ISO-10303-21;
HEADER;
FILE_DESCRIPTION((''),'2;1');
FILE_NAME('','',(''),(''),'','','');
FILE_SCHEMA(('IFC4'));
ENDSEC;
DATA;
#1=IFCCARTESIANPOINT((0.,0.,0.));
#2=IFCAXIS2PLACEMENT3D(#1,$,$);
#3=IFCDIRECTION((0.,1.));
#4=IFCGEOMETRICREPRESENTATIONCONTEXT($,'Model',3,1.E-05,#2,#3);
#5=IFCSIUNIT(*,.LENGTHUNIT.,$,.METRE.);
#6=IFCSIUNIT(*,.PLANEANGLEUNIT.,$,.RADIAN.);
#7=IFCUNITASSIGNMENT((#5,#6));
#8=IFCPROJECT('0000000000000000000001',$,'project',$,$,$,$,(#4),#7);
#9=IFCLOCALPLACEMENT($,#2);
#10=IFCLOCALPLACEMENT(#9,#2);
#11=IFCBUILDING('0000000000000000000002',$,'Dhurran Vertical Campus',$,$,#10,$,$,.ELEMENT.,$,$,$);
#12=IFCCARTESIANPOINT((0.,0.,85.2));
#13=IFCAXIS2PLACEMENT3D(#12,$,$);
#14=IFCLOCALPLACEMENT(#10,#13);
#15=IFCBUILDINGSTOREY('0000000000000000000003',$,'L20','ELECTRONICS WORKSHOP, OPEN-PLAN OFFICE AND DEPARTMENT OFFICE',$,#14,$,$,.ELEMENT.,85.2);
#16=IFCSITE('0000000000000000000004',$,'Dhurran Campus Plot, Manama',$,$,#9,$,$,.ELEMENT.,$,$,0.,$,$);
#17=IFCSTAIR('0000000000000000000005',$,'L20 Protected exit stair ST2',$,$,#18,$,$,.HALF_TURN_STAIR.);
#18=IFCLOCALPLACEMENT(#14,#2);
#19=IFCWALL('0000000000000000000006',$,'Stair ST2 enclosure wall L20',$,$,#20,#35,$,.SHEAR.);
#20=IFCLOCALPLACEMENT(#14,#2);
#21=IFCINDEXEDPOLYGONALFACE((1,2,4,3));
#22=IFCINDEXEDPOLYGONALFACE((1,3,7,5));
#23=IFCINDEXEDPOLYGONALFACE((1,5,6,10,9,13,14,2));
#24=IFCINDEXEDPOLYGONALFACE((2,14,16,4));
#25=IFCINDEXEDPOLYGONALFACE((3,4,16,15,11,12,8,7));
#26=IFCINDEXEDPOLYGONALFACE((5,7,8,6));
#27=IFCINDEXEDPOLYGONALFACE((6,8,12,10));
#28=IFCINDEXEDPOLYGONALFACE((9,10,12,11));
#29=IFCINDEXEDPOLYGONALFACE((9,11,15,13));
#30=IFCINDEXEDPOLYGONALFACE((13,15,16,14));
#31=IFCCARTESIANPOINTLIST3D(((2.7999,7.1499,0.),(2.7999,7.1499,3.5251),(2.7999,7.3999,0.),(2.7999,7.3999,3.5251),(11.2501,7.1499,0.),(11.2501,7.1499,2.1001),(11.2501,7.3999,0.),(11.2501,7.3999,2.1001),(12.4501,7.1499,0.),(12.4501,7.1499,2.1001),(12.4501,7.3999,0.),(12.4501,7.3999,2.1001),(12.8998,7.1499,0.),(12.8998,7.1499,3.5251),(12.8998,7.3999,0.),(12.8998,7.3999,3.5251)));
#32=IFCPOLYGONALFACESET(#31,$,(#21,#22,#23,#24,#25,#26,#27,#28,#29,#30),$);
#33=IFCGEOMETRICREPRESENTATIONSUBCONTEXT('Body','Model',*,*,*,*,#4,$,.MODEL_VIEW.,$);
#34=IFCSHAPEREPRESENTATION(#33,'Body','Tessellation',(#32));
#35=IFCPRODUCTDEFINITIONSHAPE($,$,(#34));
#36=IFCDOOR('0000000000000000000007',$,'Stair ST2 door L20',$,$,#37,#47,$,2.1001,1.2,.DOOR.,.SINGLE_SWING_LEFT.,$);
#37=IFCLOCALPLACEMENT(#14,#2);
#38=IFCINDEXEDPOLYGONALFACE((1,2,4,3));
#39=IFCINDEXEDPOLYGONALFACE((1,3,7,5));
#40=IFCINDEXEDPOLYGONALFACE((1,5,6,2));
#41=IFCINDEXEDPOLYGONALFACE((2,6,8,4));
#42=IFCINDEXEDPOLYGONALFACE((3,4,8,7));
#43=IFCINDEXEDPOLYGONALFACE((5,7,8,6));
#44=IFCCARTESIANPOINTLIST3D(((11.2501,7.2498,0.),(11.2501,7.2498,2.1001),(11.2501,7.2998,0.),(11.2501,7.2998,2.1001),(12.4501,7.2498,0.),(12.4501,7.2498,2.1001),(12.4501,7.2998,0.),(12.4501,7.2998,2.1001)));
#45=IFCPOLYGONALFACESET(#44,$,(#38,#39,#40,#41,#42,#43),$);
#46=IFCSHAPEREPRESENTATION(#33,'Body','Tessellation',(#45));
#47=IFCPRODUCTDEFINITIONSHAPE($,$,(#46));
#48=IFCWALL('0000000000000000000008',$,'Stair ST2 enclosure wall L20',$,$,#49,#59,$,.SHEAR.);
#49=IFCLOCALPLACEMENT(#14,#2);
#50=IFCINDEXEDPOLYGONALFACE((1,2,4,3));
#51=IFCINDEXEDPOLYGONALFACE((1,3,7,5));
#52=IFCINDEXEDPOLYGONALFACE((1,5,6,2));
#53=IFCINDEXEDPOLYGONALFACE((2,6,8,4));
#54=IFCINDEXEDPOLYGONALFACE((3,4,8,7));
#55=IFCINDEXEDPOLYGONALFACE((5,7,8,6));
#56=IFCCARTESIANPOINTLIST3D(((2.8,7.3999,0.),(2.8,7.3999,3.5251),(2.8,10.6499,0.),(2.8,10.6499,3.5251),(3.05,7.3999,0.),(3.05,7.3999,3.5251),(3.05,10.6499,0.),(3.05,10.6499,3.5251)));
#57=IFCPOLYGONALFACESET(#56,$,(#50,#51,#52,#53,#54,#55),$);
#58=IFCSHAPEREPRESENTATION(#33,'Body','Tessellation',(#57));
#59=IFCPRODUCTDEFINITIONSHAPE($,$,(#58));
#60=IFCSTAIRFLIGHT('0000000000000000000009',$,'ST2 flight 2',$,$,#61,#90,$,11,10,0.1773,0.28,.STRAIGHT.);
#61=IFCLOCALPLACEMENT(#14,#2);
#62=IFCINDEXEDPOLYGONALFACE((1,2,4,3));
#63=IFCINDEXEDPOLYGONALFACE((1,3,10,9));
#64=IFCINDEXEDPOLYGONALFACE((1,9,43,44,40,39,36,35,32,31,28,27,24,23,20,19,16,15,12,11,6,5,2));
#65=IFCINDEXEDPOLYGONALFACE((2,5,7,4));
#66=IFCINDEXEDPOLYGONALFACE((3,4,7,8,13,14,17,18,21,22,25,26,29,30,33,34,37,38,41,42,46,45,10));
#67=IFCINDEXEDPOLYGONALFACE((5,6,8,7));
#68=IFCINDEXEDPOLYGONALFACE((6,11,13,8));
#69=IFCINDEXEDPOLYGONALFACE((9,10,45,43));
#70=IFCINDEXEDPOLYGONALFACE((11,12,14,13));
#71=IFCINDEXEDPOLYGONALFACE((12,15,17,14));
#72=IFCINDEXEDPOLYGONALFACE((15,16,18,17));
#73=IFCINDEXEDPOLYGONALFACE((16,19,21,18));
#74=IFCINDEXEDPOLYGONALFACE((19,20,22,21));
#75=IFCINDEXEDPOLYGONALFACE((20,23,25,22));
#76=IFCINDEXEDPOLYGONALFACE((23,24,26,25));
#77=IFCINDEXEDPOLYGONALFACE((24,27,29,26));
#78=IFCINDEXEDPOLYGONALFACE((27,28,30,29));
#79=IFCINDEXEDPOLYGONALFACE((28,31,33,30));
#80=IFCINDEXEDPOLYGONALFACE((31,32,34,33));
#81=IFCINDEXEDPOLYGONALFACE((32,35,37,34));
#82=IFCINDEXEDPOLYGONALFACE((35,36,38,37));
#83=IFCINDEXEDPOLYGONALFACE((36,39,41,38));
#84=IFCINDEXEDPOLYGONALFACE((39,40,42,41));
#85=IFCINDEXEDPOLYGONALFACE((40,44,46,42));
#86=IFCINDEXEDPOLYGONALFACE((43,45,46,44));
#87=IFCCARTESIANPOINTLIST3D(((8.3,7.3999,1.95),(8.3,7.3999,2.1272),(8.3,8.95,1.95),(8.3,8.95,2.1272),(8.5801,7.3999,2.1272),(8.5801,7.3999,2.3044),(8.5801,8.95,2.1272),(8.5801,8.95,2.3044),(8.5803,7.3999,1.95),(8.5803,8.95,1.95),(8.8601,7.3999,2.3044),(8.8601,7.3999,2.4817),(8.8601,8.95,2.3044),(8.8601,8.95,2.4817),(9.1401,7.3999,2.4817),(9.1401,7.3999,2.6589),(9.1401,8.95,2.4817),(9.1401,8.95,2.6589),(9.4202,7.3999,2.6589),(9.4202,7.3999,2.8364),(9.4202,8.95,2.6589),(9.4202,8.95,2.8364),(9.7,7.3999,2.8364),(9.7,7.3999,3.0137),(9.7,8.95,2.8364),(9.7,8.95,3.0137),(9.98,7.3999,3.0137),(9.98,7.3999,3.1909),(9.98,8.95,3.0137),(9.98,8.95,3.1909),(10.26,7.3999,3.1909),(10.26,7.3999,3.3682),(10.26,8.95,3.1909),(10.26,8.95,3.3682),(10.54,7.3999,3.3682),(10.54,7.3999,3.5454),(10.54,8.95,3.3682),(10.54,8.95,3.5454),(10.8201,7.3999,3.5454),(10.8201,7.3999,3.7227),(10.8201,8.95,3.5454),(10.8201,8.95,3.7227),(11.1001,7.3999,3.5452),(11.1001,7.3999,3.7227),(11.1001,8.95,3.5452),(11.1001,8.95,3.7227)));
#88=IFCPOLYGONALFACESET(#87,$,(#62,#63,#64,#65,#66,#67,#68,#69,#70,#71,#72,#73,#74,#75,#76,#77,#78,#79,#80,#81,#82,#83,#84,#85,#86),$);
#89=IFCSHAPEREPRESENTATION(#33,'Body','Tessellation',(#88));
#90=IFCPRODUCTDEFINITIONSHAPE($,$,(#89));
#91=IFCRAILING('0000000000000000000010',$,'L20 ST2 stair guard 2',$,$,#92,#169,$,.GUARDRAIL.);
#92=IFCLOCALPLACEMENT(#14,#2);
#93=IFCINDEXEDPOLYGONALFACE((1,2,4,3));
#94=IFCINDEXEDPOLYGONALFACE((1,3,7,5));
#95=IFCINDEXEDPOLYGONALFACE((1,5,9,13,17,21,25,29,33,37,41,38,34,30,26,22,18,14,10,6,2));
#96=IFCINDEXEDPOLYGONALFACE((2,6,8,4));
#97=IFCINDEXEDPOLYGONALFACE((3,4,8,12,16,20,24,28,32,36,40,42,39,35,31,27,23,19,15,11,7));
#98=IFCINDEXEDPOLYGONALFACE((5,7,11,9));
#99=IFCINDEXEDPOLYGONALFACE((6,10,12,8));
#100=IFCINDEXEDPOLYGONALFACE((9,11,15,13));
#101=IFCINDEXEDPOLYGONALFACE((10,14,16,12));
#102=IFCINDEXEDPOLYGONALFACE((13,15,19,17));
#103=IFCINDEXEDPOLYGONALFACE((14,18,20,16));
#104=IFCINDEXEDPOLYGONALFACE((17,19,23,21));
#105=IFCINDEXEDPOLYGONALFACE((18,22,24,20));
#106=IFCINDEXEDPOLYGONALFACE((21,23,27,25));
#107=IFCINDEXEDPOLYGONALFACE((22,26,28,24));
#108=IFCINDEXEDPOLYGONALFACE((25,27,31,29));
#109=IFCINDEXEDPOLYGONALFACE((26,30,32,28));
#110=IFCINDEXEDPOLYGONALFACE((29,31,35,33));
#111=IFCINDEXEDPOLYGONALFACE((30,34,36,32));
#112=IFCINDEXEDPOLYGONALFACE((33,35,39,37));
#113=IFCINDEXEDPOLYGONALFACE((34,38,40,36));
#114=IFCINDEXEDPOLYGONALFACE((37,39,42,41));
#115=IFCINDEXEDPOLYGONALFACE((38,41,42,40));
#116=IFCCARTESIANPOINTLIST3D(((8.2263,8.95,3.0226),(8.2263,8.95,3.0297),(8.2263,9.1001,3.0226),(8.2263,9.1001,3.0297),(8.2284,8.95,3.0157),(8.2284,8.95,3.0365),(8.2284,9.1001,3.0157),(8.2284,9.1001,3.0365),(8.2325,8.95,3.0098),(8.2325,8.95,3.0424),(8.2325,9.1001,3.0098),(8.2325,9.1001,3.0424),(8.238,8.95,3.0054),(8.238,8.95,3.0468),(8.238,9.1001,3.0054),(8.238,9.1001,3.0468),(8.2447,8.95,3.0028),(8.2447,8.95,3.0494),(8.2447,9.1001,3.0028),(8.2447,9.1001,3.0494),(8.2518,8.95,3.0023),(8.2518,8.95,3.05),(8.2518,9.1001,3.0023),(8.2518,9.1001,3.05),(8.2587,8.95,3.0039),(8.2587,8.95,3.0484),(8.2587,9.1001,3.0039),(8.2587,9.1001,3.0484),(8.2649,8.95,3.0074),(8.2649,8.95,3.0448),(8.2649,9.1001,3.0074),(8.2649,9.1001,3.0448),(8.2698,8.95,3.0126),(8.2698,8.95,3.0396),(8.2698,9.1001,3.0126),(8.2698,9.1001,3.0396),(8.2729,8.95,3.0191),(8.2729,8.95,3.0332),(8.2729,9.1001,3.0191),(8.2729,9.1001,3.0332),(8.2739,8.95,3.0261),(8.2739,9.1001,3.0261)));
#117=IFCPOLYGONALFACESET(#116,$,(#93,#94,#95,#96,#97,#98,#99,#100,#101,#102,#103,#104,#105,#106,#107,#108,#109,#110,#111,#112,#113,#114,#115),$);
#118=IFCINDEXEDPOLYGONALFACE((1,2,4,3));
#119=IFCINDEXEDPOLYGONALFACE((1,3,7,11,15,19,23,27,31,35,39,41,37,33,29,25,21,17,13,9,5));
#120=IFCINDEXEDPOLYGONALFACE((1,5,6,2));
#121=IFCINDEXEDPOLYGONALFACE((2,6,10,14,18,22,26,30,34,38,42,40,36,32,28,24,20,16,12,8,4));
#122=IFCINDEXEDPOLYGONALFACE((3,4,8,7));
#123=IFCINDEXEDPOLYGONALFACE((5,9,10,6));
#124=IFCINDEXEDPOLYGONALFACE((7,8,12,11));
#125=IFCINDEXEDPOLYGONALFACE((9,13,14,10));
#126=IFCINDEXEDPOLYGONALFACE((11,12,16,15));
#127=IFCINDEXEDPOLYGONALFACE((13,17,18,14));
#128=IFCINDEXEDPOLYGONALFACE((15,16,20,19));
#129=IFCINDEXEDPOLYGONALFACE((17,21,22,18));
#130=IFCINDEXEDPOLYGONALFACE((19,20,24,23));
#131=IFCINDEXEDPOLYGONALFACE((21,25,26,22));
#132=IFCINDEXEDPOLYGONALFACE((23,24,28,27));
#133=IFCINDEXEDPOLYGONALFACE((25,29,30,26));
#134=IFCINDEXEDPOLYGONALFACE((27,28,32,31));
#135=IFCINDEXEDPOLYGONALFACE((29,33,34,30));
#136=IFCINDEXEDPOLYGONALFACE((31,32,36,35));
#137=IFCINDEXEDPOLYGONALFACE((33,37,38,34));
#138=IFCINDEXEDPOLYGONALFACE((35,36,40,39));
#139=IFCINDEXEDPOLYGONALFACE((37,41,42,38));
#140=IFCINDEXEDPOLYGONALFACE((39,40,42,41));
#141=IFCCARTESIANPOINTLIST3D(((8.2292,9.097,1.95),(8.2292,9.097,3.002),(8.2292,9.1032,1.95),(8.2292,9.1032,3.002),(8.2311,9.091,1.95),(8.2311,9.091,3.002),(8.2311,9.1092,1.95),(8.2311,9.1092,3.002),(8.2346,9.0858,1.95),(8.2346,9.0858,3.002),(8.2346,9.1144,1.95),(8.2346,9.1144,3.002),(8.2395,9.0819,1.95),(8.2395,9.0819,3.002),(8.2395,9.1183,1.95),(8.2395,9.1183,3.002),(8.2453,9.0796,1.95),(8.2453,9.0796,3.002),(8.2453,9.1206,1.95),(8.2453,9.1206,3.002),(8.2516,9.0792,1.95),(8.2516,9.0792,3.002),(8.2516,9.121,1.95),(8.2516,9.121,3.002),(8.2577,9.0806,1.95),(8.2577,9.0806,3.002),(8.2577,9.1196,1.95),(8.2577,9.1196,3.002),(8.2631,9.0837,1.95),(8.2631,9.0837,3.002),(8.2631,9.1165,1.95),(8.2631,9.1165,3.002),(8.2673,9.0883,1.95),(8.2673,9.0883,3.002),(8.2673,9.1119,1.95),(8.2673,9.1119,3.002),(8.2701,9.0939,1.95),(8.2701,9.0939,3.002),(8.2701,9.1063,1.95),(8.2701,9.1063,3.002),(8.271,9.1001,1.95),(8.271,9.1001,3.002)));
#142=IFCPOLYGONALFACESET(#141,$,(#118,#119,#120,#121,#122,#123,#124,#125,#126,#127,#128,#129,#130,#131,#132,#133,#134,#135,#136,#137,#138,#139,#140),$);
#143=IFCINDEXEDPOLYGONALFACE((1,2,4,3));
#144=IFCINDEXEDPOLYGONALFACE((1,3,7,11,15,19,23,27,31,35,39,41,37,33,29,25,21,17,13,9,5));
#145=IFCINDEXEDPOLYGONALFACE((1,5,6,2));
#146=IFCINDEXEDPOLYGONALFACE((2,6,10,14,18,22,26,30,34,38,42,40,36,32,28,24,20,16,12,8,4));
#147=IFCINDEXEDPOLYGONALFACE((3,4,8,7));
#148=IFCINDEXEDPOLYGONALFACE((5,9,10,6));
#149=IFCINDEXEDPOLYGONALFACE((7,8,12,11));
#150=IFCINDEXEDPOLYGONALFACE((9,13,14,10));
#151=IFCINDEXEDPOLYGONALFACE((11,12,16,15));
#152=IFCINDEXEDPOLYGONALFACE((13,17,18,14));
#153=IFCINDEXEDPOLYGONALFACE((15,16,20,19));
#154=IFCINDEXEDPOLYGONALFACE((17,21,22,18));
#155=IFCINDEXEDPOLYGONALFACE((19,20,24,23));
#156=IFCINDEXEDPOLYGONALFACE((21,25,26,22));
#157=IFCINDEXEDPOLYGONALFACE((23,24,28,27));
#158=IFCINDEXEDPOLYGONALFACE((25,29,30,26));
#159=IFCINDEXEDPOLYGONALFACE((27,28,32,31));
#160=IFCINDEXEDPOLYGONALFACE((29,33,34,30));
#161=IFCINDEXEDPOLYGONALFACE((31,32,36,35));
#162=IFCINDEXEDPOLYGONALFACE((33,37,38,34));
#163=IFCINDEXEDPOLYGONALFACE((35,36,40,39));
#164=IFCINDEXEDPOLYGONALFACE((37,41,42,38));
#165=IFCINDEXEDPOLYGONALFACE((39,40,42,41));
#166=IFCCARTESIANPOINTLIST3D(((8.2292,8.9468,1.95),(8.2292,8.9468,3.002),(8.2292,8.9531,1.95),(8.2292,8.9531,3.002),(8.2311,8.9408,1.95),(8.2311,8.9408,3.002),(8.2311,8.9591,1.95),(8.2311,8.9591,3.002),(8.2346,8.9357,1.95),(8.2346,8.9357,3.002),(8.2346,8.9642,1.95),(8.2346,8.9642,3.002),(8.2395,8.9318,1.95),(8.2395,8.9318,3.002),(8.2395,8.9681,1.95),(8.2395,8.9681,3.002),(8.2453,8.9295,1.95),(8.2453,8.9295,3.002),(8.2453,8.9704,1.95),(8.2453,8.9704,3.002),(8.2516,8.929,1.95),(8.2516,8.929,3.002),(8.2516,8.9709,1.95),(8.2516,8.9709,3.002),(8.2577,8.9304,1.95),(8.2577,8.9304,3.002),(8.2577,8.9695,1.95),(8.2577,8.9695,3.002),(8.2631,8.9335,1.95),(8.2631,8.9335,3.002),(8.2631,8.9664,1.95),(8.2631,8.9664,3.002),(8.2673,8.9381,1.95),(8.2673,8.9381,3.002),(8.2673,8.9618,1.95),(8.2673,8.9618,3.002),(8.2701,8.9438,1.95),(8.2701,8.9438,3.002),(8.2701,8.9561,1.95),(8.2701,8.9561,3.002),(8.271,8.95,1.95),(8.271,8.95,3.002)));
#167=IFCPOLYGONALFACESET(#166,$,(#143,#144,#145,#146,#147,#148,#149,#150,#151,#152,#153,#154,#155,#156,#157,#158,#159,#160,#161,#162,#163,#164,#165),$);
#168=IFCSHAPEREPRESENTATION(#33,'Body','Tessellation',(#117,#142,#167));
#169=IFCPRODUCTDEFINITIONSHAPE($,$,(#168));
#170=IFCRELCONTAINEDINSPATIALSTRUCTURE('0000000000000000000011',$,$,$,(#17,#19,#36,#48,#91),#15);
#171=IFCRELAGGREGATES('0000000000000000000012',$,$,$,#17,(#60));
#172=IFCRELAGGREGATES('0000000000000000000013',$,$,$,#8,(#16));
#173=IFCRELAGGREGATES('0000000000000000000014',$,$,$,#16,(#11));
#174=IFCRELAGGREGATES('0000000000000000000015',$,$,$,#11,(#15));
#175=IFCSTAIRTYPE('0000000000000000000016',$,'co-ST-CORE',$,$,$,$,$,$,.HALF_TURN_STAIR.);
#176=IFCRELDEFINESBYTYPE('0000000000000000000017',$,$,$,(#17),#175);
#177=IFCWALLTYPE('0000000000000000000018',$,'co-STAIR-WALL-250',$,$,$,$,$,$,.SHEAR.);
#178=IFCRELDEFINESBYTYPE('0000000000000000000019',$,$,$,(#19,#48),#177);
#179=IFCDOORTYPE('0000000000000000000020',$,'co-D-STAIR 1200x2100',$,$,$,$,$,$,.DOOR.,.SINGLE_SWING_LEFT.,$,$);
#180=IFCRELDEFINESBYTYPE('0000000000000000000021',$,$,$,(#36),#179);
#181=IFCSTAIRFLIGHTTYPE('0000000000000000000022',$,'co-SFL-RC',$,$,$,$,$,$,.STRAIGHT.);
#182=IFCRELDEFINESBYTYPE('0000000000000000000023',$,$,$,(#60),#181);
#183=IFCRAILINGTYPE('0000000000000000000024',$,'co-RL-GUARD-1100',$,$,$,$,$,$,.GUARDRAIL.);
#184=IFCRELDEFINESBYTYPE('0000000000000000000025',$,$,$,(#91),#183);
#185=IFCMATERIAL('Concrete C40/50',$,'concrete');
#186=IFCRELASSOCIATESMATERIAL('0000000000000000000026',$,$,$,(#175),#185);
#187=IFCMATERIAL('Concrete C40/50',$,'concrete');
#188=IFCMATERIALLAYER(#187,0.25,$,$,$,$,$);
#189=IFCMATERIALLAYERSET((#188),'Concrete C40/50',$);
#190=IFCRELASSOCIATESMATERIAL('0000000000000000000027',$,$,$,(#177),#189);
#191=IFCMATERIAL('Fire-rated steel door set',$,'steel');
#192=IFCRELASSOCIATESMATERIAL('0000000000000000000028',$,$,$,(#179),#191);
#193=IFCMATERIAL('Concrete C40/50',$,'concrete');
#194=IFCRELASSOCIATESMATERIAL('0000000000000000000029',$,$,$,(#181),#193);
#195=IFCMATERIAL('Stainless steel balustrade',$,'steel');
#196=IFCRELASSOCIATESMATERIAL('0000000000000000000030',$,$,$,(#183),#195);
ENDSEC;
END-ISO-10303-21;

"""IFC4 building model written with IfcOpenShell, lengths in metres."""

from ifc_helpers import new_model, si_unit, direction, frame, frame_2d, origin, origin_2d, place, context, subcontext, project, spatial, polyline, rectangle, circle, outline, extrude, material, layer, layer_set, type_object, element, fill, aggregate, save


model = new_model("IFC4")

# Units and contexts
model_context = context("Model", 3, precision=1e-05, world=origin(), true_north=direction((0.0, 1.0)))
body_context = subcontext(model_context, "Body", "Model", "MODEL_VIEW")
ifc_project = project(units=[si_unit("LENGTHUNIT", "METRE"), si_unit("PLANEANGLEUNIT", "RADIAN")], contexts=[model_context])

# Site, building, storey
site_placement = place(None, origin())
site = spatial("IfcSite", under=ifc_project, at=site_placement, Name="Dhurran Campus Plot, Manama", CompositionType="ELEMENT", RefElevation=0.0)
building_placement = place(site_placement, origin())
building = spatial("IfcBuilding", under=site, at=building_placement, Name="Dhurran Vertical Campus", CompositionType="ELEMENT")
storey_placement = place(building_placement, frame((0.0, 0.0, 85.2)))
storey = spatial("IfcBuildingStorey", under=building, at=storey_placement, Name="L20", Description="ELECTRONICS WORKSHOP, OPEN-PLAN OFFICE AND DEPARTMENT OFFICE", CompositionType="ELEMENT", Elevation=85.2)

# Stair
ifc_material_1 = material(Name="Concrete C40/50", Category="concrete")
stair_type = type_object("IfcStairType", Name="co-ST-CORE", PredefinedType="HALF_TURN_STAIR", material=ifc_material_1)
stair_1_placement = place(storey_placement, origin())
stair_1 = element("IfcStair", 1, at=stair_1_placement, inside=storey, type_object=stair_type, Name="L20 Protected exit stair ST2", PredefinedType="HALF_TURN_STAIR")

# Wall, opening, door
ifc_material_2 = material(Name="Concrete C40/50", Category="concrete")
ifc_layer_1 = layer(ifc_material_2, 0.25)
ifc_layer_set_1 = layer_set([ifc_layer_1], Name="Concrete C40/50")
wall_type_1 = type_object("IfcWallType", Name="co-STAIR-WALL-250", PredefinedType="SHEAR", material=ifc_layer_set_1)
wall_1_placement = place(storey_placement, frame((2.8, 7.2749, 0.0), z_axis=(0.0, 0.0, 1.0), x_axis=(1.0, 0.0, 0.0)))
wall_1 = element("IfcWall", 2, at=wall_1_placement, inside=storey, type_object=wall_type_1, Name="Stair ST2 enclosure wall L20", PredefinedType="SHEAR", context=body_context, shape_type="SweptSolid", body=[
    extrude(rectangle(XDim=10.0999, YDim=0.25, at=frame_2d((5.0498, 0.0))), origin(), (0.0, 0.0, 1.0), 3.5251),
])
opening_1_placement = place(wall_1_placement, frame((8.45, 0.0, 0.0)))
opening_1 = element("IfcOpeningElement", 3, at=opening_1_placement, cuts=wall_1, PredefinedType="OPENING", context=body_context, shape_type="SweptSolid", body=[
    extrude(rectangle(XDim=1.2, YDim=2.1001, at=frame_2d((0.6001, 1.05))), frame((0.0, 0.135, 0.0), z_axis=(0.0, -1.0, 0.0), x_axis=(1.0, 0.0, 0.0)), (0.0, 0.0, 1.0), 0.27),
])
ifc_material_3 = material(Name="Fire-rated steel door set", Category="steel")
door_type_1 = type_object("IfcDoorType", Name="co-D-STAIR 1200x2100", OperationType="SINGLE_SWING_LEFT", PredefinedType="DOOR", material=ifc_material_3)
door_1_placement = place(opening_1_placement, origin())
door_1 = element("IfcDoor", 4, at=door_1_placement, inside=storey, type_object=door_type_1, Name="Stair ST2 door L20", OperationType="SINGLE_SWING_LEFT", OverallHeight=2.1001, OverallWidth=1.2, PredefinedType="DOOR", context=body_context, shape_type="SweptSolid", body=[
    extrude(rectangle(XDim=1.2, YDim=2.1001, at=frame_2d((0.6001, 1.05))), frame((0.0, 0.0249, 0.0), z_axis=(0.0, -1.0, 0.0), x_axis=(1.0, 0.0, 0.0)), (0.0, 0.0, 1.0), 0.05),
])
fill(opening_1, door_1)

# Wall
wall_2_placement = place(storey_placement, frame((2.925, 7.3999, 0.0), z_axis=(0.0, 0.0, 1.0), x_axis=(0.0, 1.0, 0.0)))
element("IfcWall", 5, at=wall_2_placement, inside=storey, type_object=wall_type_1, Name="Stair ST2 enclosure wall L20", PredefinedType="SHEAR", context=body_context, shape_type="SweptSolid", body=[
    extrude(rectangle(XDim=3.25, YDim=0.25, at=frame_2d((1.625, 0.0))), origin(), (0.0, 0.0, 1.0), 3.5251),
])

# Stair flight
ifc_material_4 = material(Name="Concrete C40/50", Category="concrete")
stair_flight_type = type_object("IfcStairFlightType", Name="co-SFL-RC", PredefinedType="STRAIGHT", material=ifc_material_4)
stair_flight_placement = place(storey_placement, frame((8.3, 8.175, 1.95), z_axis=(0.0, 0.0, 1.0), x_axis=(1.0, 0.0, 0.0)))
stair_flight = element("IfcStairFlight", 6, at=stair_flight_placement, type_object=stair_flight_type, Name="ST2 flight 2", NumberOfRisers=11, NumberOfTreads=10, PredefinedType="STRAIGHT", RiserHeight=0.1773, TreadLength=0.28, context=body_context, shape_type="SweptSolid", body=[
    extrude(outline(polyline([(0.0, 0.0), (0.0, 0.1772), (0.28, 0.1772), (0.28, 0.3545), (0.5601, 0.3545), (0.5601, 0.5317), (0.8401, 0.5317), (0.8401, 0.709), (1.1201, 0.709), (1.1201, 0.8865), (1.3999, 0.8865), (1.3999, 1.0637), (1.6799, 1.0637), (1.6799, 1.241), (1.96, 1.241), (1.96, 1.4182), (2.24, 1.4182), (2.24, 1.5955), (2.52, 1.5955), (2.52, 1.7727), (2.8, 1.7727), (2.8, 1.95), (2.8, 1.5952), (0.2803, 0.0), (0.0, 0.0)])), frame((0.0, 0.7749, 0.0), z_axis=(0.0, -1.0, 0.0), x_axis=(1.0, 0.0, 0.0)), (0.0, 0.0, 1.0), 1.55),
])
aggregate(stair_1, [stair_flight])

# Railing
ifc_material_5 = material(Name="Stainless steel balustrade", Category="steel")
railing_type_1 = type_object("IfcRailingType", Name="co-RL-GUARD-1100", PredefinedType="GUARDRAIL", material=ifc_material_5)
railing_1_placement = place(storey_placement, frame((8.25, 9.1001, 1.95)))
element("IfcRailing", 7, at=railing_1_placement, inside=storey, type_object=railing_type_1, Name="L20 ST2 stair guard 2", PredefinedType="GUARDRAIL", context=body_context, shape_type="SweptSolid", body=[
    extrude(circle(Radius=0.0239, at=origin_2d()), frame((0.0, 0.0, 1.0762), z_axis=(0.0, -1.0, 0.0), x_axis=(1.0, 0.0, 0.0)), (0.0, 0.0, 1.0), 0.1501),
    extrude(circle(Radius=0.021, at=origin_2d()), origin(), (0.0, 0.0, 1.0), 1.052),
    extrude(circle(Radius=0.021, at=origin_2d()), frame((0.0, -0.1501, 0.0)), (0.0, 0.0, 1.0), 1.052),
])

save(model, "model.ifc")
